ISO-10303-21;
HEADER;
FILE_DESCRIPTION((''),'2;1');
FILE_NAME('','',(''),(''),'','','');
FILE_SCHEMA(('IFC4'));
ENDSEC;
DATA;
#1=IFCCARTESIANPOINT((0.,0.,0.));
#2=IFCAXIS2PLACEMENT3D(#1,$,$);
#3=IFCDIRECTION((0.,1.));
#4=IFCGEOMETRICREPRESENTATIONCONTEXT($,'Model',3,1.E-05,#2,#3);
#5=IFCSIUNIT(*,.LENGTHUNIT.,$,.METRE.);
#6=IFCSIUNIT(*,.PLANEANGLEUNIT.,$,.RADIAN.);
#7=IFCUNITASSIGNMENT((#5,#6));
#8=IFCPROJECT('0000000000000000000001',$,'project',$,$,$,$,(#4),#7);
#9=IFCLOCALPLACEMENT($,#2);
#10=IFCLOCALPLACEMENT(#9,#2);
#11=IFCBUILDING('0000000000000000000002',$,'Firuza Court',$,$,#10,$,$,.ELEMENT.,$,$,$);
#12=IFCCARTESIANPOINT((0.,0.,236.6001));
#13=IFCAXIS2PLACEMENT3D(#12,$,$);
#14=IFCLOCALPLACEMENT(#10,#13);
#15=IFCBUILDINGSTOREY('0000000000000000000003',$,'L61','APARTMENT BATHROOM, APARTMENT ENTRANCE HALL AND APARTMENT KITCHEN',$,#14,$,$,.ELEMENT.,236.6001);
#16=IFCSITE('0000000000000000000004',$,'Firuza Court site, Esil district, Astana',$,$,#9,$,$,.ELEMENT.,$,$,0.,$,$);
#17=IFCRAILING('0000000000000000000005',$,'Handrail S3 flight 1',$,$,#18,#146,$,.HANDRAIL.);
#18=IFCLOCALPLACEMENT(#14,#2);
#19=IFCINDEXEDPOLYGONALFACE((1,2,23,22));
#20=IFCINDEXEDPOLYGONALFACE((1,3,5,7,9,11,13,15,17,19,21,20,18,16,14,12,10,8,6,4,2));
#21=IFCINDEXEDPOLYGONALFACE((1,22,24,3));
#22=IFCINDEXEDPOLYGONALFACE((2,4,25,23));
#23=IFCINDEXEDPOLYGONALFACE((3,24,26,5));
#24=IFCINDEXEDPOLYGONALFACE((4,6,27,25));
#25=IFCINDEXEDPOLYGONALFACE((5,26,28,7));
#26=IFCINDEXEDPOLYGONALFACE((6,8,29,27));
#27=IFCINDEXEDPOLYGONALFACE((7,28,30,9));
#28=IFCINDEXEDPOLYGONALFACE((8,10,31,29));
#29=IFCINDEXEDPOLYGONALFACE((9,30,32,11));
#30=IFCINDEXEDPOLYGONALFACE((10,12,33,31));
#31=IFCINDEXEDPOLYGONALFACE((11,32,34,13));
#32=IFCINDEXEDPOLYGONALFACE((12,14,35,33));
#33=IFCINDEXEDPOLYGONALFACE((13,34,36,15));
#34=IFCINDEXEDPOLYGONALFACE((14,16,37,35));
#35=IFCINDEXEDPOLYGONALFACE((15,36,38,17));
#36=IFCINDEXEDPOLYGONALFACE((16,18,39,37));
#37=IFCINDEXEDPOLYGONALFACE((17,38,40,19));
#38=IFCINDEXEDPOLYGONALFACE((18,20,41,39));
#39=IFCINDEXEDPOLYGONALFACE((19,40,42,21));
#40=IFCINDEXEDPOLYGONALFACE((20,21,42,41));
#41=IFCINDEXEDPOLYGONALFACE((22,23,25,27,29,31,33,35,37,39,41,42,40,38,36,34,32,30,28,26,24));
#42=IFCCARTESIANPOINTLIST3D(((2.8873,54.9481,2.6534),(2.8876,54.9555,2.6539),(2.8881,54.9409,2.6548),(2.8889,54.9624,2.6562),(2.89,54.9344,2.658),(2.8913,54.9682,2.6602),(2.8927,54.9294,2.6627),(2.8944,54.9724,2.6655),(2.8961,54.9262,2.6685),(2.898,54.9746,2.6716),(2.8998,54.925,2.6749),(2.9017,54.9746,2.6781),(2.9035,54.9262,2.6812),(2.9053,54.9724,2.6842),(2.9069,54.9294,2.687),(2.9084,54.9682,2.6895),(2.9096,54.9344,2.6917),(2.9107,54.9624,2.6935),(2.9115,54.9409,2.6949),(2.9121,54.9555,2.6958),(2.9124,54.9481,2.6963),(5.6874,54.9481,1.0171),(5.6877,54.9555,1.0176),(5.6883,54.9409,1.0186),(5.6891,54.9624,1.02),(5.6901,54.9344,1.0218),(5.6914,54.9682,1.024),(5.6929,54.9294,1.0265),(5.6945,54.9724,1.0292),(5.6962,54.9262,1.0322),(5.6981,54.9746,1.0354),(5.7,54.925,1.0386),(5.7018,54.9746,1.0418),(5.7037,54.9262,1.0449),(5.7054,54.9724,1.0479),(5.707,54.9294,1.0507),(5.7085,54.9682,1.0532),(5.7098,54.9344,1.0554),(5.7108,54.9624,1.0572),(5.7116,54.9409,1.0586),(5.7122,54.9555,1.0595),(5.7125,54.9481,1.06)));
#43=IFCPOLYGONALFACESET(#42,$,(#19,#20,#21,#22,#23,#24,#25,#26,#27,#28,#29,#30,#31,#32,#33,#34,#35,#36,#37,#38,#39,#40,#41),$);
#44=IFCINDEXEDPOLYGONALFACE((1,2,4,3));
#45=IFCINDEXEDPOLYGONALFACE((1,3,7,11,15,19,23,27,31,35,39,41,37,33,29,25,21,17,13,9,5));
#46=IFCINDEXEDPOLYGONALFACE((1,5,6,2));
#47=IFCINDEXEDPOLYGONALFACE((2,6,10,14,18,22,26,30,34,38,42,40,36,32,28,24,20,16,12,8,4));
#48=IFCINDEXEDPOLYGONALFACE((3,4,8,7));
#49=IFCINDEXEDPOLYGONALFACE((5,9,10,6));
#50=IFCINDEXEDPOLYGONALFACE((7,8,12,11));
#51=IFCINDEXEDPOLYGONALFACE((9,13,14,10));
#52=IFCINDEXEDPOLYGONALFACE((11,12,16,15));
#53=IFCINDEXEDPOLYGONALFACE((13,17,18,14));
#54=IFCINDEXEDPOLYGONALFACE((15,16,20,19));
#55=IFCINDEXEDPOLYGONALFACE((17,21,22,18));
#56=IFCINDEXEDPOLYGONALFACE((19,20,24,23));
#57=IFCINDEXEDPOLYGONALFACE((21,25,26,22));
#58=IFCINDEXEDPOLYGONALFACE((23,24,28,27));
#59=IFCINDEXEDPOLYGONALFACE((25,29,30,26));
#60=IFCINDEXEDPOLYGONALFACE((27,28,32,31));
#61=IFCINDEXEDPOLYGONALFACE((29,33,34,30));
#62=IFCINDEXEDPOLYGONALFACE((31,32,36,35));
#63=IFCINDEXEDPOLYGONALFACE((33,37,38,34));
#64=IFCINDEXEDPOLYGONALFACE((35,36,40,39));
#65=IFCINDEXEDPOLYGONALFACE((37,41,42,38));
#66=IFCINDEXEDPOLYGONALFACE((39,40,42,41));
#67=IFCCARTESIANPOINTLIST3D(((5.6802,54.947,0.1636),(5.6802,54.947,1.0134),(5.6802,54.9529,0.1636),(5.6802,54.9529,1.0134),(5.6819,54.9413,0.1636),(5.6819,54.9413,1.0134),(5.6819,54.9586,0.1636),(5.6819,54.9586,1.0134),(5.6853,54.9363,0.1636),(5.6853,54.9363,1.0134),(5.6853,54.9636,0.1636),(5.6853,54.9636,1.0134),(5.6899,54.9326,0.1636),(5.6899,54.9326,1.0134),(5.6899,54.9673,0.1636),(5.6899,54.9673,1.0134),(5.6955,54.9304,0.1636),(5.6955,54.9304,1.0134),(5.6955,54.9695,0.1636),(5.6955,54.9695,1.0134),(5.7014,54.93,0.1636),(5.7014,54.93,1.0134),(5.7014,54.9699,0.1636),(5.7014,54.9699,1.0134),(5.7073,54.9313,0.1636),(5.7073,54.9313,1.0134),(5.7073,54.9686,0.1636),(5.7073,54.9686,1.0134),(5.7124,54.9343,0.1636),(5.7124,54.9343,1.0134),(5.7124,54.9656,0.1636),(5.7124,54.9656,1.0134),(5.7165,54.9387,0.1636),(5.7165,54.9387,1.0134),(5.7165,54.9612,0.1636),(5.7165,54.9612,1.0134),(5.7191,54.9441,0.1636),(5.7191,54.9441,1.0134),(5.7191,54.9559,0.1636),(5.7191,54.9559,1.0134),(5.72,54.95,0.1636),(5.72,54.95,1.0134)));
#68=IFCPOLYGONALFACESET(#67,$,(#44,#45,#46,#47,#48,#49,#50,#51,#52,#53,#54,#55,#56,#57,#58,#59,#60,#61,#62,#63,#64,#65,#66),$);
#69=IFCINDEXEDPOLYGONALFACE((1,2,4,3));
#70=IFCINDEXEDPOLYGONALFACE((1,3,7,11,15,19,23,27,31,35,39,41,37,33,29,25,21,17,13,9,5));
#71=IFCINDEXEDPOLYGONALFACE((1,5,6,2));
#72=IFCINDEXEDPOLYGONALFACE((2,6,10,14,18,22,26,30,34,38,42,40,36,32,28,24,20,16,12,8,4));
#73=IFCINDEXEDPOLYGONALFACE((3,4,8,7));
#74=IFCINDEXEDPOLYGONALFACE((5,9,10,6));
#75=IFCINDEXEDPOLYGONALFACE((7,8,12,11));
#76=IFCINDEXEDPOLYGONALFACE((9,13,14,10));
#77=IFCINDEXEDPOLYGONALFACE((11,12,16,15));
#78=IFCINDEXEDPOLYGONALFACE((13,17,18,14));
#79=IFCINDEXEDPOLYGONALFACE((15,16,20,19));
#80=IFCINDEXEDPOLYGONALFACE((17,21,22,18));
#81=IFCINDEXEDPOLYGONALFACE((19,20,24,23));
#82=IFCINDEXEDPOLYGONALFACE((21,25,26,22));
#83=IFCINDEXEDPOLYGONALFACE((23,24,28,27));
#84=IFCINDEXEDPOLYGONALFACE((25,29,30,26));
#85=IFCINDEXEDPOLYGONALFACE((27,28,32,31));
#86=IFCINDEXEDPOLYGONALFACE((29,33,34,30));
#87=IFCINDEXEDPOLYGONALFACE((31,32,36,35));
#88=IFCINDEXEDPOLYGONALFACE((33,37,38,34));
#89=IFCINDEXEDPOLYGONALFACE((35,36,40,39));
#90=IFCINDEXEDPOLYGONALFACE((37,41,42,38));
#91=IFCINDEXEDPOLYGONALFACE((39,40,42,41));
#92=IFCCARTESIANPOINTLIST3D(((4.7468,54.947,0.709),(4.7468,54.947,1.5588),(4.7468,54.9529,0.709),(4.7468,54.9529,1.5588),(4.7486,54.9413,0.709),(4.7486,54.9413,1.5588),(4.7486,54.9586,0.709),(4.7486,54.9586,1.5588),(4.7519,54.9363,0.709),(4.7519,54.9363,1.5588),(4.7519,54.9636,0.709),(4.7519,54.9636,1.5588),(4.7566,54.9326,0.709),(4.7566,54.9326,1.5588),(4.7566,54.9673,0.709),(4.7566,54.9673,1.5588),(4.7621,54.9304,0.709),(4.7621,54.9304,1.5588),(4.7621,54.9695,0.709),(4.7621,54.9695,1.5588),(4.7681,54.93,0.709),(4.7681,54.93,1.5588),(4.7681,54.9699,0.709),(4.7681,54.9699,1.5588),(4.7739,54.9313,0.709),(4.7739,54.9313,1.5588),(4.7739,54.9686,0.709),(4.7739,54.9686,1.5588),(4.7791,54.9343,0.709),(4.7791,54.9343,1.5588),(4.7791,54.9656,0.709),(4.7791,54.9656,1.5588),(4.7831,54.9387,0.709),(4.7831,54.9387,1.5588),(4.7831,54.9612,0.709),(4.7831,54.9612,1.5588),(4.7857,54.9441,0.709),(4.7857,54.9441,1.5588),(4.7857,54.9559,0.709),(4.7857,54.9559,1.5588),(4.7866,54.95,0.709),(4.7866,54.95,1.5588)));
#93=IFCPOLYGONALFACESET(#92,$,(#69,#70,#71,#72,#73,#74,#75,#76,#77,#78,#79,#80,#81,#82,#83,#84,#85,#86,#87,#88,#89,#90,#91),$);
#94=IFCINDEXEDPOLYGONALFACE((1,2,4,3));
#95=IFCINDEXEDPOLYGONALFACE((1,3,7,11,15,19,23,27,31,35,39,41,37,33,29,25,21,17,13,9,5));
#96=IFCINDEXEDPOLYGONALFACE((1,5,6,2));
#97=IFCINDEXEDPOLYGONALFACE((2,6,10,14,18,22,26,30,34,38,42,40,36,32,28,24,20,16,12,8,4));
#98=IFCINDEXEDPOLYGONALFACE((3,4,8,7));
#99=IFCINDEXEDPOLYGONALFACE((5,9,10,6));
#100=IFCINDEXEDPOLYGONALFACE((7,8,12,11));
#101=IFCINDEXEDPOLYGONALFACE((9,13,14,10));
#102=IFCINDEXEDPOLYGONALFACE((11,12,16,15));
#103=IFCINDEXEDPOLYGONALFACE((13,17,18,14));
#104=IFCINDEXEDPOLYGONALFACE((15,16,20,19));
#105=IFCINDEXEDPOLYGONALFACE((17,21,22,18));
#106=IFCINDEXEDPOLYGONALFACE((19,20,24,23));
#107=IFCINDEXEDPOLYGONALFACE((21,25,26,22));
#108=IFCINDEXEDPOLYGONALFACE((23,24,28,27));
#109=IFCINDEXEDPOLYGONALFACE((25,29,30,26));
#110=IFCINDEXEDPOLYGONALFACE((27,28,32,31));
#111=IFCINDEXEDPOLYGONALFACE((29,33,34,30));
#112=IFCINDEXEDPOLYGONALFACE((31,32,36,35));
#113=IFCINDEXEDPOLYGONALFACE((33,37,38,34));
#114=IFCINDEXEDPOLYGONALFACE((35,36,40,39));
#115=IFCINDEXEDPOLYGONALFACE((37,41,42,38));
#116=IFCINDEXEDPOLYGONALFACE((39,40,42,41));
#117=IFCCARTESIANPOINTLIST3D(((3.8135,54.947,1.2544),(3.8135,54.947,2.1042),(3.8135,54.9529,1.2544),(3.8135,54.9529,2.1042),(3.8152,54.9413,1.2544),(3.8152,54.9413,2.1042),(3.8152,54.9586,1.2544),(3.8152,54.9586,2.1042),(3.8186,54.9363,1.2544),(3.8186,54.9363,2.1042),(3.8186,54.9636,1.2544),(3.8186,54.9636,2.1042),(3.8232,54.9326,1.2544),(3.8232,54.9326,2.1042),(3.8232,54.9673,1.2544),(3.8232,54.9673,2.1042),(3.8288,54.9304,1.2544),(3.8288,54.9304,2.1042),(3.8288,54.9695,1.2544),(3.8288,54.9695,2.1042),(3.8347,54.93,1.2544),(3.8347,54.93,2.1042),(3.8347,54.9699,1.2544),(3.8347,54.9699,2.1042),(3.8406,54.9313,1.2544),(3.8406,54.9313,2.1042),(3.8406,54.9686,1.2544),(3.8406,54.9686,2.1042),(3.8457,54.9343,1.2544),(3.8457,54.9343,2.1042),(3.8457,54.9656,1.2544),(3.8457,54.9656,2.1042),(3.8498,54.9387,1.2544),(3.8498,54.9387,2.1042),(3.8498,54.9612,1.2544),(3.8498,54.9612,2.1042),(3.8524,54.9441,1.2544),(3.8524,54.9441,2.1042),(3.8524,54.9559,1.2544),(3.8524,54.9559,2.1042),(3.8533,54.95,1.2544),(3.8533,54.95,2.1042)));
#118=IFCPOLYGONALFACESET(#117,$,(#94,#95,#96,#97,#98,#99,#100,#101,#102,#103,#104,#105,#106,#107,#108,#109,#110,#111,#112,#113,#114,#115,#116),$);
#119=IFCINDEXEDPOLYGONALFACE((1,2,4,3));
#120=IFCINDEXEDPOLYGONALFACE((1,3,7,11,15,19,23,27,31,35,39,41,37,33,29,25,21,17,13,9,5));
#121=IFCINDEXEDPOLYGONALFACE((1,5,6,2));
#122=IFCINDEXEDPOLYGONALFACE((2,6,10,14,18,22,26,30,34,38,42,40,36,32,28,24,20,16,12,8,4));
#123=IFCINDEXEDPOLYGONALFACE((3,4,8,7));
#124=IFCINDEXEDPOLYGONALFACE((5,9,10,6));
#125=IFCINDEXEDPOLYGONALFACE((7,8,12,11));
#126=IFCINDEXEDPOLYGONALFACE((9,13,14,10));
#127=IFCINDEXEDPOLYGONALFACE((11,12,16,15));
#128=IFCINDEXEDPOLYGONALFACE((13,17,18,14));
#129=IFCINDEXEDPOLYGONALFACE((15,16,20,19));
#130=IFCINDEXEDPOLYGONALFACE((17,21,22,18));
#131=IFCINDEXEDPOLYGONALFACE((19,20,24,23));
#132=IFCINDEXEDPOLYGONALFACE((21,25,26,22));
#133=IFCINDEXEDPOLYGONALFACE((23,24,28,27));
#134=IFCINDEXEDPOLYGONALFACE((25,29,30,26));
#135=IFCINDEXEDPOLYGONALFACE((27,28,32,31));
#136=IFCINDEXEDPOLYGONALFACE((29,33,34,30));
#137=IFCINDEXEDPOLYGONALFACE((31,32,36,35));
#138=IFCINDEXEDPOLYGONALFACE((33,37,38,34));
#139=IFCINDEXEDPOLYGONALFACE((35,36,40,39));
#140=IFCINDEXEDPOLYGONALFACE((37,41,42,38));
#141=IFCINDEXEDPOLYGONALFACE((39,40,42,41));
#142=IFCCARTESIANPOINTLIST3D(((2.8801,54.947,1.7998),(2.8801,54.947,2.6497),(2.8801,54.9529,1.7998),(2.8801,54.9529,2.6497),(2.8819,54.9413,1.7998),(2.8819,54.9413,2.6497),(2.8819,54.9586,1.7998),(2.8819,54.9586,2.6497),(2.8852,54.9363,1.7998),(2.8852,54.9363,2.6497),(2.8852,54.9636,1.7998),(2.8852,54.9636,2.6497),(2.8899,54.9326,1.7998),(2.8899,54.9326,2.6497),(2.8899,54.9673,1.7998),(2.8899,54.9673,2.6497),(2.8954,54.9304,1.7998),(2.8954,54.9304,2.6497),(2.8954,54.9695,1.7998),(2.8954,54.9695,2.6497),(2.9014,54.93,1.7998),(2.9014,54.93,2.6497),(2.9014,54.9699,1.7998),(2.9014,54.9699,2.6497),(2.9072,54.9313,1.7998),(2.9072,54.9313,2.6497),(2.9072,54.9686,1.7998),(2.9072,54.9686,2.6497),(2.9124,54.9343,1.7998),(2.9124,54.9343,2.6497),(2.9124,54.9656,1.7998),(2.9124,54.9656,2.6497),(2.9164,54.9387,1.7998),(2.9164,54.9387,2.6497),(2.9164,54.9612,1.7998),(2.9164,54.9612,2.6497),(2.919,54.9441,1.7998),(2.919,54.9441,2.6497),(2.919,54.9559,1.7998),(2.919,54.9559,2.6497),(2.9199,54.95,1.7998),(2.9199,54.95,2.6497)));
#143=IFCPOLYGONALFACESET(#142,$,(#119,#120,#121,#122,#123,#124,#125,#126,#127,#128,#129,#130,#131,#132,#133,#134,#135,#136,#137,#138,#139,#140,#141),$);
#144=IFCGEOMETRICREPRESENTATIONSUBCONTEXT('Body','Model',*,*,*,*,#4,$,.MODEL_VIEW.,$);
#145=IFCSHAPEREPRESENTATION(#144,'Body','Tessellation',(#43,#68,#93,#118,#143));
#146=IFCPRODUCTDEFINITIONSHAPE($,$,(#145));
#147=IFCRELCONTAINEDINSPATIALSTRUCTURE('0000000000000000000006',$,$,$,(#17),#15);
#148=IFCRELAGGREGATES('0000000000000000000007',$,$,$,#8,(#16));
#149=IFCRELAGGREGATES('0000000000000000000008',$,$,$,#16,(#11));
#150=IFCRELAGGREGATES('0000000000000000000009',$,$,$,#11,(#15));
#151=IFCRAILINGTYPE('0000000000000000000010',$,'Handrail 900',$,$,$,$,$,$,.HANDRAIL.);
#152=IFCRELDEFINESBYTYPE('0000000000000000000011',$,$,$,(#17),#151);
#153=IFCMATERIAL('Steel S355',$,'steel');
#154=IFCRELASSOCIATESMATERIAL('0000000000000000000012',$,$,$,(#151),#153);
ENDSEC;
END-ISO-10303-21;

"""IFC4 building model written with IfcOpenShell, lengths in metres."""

from ifc_helpers import new_model, si_unit, direction, frame, origin, origin_2d, place, context, subcontext, project, spatial, circle, extrude, material, type_object, element, save


model = new_model("IFC4")

# Units and contexts
model_context = context("Model", 3, precision=1e-05, world=origin(), true_north=direction((0.0, 1.0)))
body_context = subcontext(model_context, "Body", "Model", "MODEL_VIEW")
ifc_project = project(units=[si_unit("LENGTHUNIT", "METRE"), si_unit("PLANEANGLEUNIT", "RADIAN")], contexts=[model_context])

# Site, building, storey
site_placement = place(None, origin())
site = spatial("IfcSite", under=ifc_project, at=site_placement, Name="Firuza Court site, Esil district, Astana", CompositionType="ELEMENT", RefElevation=0.0)
building_placement = place(site_placement, origin())
building = spatial("IfcBuilding", under=site, at=building_placement, Name="Firuza Court", CompositionType="ELEMENT")
storey_placement = place(building_placement, frame((0.0, 0.0, 236.6001)))
storey = spatial("IfcBuildingStorey", under=building, at=storey_placement, Name="L61", Description="APARTMENT BATHROOM, APARTMENT ENTRANCE HALL AND APARTMENT KITCHEN", CompositionType="ELEMENT", Elevation=236.6001)

# Railing
ifc_material_1 = material(Name="Steel S355", Category="steel")
railing_type_1 = type_object("IfcRailingType", Name="Handrail 900", PredefinedType="HANDRAIL", material=ifc_material_1)
railing_1_placement = place(storey_placement, frame((5.7, 54.95, 0.1636)))
element("IfcRailing", 1, at=railing_1_placement, inside=storey, type_object=railing_type_1, Name="Handrail S3 flight 1", PredefinedType="HANDRAIL", context=body_context, shape_type="SweptSolid", body=[
    extrude(circle(Radius=0.0249, at=origin_2d()), frame((0.0, 0.0, 0.875), z_axis=(-0.863394, 0.0, 0.504531), x_axis=(0.0, -1.0, 0.0)), (0.0, 0.0, 1.0), 3.2432),
    extrude(circle(Radius=0.02, at=origin_2d()), origin(), (0.0, 0.0, 1.0), 0.8499),
    extrude(circle(Radius=0.02, at=origin_2d()), frame((-0.9333, 0.0, 0.5454)), (0.0, 0.0, 1.0), 0.8499),
    extrude(circle(Radius=0.02, at=origin_2d()), frame((-1.8667, 0.0, 1.0908)), (0.0, 0.0, 1.0), 0.8499),
    extrude(circle(Radius=0.02, at=origin_2d()), frame((-2.8, 0.0, 1.6362)), (0.0, 0.0, 1.0), 0.8499),
])

save(model, "model.ifc")
